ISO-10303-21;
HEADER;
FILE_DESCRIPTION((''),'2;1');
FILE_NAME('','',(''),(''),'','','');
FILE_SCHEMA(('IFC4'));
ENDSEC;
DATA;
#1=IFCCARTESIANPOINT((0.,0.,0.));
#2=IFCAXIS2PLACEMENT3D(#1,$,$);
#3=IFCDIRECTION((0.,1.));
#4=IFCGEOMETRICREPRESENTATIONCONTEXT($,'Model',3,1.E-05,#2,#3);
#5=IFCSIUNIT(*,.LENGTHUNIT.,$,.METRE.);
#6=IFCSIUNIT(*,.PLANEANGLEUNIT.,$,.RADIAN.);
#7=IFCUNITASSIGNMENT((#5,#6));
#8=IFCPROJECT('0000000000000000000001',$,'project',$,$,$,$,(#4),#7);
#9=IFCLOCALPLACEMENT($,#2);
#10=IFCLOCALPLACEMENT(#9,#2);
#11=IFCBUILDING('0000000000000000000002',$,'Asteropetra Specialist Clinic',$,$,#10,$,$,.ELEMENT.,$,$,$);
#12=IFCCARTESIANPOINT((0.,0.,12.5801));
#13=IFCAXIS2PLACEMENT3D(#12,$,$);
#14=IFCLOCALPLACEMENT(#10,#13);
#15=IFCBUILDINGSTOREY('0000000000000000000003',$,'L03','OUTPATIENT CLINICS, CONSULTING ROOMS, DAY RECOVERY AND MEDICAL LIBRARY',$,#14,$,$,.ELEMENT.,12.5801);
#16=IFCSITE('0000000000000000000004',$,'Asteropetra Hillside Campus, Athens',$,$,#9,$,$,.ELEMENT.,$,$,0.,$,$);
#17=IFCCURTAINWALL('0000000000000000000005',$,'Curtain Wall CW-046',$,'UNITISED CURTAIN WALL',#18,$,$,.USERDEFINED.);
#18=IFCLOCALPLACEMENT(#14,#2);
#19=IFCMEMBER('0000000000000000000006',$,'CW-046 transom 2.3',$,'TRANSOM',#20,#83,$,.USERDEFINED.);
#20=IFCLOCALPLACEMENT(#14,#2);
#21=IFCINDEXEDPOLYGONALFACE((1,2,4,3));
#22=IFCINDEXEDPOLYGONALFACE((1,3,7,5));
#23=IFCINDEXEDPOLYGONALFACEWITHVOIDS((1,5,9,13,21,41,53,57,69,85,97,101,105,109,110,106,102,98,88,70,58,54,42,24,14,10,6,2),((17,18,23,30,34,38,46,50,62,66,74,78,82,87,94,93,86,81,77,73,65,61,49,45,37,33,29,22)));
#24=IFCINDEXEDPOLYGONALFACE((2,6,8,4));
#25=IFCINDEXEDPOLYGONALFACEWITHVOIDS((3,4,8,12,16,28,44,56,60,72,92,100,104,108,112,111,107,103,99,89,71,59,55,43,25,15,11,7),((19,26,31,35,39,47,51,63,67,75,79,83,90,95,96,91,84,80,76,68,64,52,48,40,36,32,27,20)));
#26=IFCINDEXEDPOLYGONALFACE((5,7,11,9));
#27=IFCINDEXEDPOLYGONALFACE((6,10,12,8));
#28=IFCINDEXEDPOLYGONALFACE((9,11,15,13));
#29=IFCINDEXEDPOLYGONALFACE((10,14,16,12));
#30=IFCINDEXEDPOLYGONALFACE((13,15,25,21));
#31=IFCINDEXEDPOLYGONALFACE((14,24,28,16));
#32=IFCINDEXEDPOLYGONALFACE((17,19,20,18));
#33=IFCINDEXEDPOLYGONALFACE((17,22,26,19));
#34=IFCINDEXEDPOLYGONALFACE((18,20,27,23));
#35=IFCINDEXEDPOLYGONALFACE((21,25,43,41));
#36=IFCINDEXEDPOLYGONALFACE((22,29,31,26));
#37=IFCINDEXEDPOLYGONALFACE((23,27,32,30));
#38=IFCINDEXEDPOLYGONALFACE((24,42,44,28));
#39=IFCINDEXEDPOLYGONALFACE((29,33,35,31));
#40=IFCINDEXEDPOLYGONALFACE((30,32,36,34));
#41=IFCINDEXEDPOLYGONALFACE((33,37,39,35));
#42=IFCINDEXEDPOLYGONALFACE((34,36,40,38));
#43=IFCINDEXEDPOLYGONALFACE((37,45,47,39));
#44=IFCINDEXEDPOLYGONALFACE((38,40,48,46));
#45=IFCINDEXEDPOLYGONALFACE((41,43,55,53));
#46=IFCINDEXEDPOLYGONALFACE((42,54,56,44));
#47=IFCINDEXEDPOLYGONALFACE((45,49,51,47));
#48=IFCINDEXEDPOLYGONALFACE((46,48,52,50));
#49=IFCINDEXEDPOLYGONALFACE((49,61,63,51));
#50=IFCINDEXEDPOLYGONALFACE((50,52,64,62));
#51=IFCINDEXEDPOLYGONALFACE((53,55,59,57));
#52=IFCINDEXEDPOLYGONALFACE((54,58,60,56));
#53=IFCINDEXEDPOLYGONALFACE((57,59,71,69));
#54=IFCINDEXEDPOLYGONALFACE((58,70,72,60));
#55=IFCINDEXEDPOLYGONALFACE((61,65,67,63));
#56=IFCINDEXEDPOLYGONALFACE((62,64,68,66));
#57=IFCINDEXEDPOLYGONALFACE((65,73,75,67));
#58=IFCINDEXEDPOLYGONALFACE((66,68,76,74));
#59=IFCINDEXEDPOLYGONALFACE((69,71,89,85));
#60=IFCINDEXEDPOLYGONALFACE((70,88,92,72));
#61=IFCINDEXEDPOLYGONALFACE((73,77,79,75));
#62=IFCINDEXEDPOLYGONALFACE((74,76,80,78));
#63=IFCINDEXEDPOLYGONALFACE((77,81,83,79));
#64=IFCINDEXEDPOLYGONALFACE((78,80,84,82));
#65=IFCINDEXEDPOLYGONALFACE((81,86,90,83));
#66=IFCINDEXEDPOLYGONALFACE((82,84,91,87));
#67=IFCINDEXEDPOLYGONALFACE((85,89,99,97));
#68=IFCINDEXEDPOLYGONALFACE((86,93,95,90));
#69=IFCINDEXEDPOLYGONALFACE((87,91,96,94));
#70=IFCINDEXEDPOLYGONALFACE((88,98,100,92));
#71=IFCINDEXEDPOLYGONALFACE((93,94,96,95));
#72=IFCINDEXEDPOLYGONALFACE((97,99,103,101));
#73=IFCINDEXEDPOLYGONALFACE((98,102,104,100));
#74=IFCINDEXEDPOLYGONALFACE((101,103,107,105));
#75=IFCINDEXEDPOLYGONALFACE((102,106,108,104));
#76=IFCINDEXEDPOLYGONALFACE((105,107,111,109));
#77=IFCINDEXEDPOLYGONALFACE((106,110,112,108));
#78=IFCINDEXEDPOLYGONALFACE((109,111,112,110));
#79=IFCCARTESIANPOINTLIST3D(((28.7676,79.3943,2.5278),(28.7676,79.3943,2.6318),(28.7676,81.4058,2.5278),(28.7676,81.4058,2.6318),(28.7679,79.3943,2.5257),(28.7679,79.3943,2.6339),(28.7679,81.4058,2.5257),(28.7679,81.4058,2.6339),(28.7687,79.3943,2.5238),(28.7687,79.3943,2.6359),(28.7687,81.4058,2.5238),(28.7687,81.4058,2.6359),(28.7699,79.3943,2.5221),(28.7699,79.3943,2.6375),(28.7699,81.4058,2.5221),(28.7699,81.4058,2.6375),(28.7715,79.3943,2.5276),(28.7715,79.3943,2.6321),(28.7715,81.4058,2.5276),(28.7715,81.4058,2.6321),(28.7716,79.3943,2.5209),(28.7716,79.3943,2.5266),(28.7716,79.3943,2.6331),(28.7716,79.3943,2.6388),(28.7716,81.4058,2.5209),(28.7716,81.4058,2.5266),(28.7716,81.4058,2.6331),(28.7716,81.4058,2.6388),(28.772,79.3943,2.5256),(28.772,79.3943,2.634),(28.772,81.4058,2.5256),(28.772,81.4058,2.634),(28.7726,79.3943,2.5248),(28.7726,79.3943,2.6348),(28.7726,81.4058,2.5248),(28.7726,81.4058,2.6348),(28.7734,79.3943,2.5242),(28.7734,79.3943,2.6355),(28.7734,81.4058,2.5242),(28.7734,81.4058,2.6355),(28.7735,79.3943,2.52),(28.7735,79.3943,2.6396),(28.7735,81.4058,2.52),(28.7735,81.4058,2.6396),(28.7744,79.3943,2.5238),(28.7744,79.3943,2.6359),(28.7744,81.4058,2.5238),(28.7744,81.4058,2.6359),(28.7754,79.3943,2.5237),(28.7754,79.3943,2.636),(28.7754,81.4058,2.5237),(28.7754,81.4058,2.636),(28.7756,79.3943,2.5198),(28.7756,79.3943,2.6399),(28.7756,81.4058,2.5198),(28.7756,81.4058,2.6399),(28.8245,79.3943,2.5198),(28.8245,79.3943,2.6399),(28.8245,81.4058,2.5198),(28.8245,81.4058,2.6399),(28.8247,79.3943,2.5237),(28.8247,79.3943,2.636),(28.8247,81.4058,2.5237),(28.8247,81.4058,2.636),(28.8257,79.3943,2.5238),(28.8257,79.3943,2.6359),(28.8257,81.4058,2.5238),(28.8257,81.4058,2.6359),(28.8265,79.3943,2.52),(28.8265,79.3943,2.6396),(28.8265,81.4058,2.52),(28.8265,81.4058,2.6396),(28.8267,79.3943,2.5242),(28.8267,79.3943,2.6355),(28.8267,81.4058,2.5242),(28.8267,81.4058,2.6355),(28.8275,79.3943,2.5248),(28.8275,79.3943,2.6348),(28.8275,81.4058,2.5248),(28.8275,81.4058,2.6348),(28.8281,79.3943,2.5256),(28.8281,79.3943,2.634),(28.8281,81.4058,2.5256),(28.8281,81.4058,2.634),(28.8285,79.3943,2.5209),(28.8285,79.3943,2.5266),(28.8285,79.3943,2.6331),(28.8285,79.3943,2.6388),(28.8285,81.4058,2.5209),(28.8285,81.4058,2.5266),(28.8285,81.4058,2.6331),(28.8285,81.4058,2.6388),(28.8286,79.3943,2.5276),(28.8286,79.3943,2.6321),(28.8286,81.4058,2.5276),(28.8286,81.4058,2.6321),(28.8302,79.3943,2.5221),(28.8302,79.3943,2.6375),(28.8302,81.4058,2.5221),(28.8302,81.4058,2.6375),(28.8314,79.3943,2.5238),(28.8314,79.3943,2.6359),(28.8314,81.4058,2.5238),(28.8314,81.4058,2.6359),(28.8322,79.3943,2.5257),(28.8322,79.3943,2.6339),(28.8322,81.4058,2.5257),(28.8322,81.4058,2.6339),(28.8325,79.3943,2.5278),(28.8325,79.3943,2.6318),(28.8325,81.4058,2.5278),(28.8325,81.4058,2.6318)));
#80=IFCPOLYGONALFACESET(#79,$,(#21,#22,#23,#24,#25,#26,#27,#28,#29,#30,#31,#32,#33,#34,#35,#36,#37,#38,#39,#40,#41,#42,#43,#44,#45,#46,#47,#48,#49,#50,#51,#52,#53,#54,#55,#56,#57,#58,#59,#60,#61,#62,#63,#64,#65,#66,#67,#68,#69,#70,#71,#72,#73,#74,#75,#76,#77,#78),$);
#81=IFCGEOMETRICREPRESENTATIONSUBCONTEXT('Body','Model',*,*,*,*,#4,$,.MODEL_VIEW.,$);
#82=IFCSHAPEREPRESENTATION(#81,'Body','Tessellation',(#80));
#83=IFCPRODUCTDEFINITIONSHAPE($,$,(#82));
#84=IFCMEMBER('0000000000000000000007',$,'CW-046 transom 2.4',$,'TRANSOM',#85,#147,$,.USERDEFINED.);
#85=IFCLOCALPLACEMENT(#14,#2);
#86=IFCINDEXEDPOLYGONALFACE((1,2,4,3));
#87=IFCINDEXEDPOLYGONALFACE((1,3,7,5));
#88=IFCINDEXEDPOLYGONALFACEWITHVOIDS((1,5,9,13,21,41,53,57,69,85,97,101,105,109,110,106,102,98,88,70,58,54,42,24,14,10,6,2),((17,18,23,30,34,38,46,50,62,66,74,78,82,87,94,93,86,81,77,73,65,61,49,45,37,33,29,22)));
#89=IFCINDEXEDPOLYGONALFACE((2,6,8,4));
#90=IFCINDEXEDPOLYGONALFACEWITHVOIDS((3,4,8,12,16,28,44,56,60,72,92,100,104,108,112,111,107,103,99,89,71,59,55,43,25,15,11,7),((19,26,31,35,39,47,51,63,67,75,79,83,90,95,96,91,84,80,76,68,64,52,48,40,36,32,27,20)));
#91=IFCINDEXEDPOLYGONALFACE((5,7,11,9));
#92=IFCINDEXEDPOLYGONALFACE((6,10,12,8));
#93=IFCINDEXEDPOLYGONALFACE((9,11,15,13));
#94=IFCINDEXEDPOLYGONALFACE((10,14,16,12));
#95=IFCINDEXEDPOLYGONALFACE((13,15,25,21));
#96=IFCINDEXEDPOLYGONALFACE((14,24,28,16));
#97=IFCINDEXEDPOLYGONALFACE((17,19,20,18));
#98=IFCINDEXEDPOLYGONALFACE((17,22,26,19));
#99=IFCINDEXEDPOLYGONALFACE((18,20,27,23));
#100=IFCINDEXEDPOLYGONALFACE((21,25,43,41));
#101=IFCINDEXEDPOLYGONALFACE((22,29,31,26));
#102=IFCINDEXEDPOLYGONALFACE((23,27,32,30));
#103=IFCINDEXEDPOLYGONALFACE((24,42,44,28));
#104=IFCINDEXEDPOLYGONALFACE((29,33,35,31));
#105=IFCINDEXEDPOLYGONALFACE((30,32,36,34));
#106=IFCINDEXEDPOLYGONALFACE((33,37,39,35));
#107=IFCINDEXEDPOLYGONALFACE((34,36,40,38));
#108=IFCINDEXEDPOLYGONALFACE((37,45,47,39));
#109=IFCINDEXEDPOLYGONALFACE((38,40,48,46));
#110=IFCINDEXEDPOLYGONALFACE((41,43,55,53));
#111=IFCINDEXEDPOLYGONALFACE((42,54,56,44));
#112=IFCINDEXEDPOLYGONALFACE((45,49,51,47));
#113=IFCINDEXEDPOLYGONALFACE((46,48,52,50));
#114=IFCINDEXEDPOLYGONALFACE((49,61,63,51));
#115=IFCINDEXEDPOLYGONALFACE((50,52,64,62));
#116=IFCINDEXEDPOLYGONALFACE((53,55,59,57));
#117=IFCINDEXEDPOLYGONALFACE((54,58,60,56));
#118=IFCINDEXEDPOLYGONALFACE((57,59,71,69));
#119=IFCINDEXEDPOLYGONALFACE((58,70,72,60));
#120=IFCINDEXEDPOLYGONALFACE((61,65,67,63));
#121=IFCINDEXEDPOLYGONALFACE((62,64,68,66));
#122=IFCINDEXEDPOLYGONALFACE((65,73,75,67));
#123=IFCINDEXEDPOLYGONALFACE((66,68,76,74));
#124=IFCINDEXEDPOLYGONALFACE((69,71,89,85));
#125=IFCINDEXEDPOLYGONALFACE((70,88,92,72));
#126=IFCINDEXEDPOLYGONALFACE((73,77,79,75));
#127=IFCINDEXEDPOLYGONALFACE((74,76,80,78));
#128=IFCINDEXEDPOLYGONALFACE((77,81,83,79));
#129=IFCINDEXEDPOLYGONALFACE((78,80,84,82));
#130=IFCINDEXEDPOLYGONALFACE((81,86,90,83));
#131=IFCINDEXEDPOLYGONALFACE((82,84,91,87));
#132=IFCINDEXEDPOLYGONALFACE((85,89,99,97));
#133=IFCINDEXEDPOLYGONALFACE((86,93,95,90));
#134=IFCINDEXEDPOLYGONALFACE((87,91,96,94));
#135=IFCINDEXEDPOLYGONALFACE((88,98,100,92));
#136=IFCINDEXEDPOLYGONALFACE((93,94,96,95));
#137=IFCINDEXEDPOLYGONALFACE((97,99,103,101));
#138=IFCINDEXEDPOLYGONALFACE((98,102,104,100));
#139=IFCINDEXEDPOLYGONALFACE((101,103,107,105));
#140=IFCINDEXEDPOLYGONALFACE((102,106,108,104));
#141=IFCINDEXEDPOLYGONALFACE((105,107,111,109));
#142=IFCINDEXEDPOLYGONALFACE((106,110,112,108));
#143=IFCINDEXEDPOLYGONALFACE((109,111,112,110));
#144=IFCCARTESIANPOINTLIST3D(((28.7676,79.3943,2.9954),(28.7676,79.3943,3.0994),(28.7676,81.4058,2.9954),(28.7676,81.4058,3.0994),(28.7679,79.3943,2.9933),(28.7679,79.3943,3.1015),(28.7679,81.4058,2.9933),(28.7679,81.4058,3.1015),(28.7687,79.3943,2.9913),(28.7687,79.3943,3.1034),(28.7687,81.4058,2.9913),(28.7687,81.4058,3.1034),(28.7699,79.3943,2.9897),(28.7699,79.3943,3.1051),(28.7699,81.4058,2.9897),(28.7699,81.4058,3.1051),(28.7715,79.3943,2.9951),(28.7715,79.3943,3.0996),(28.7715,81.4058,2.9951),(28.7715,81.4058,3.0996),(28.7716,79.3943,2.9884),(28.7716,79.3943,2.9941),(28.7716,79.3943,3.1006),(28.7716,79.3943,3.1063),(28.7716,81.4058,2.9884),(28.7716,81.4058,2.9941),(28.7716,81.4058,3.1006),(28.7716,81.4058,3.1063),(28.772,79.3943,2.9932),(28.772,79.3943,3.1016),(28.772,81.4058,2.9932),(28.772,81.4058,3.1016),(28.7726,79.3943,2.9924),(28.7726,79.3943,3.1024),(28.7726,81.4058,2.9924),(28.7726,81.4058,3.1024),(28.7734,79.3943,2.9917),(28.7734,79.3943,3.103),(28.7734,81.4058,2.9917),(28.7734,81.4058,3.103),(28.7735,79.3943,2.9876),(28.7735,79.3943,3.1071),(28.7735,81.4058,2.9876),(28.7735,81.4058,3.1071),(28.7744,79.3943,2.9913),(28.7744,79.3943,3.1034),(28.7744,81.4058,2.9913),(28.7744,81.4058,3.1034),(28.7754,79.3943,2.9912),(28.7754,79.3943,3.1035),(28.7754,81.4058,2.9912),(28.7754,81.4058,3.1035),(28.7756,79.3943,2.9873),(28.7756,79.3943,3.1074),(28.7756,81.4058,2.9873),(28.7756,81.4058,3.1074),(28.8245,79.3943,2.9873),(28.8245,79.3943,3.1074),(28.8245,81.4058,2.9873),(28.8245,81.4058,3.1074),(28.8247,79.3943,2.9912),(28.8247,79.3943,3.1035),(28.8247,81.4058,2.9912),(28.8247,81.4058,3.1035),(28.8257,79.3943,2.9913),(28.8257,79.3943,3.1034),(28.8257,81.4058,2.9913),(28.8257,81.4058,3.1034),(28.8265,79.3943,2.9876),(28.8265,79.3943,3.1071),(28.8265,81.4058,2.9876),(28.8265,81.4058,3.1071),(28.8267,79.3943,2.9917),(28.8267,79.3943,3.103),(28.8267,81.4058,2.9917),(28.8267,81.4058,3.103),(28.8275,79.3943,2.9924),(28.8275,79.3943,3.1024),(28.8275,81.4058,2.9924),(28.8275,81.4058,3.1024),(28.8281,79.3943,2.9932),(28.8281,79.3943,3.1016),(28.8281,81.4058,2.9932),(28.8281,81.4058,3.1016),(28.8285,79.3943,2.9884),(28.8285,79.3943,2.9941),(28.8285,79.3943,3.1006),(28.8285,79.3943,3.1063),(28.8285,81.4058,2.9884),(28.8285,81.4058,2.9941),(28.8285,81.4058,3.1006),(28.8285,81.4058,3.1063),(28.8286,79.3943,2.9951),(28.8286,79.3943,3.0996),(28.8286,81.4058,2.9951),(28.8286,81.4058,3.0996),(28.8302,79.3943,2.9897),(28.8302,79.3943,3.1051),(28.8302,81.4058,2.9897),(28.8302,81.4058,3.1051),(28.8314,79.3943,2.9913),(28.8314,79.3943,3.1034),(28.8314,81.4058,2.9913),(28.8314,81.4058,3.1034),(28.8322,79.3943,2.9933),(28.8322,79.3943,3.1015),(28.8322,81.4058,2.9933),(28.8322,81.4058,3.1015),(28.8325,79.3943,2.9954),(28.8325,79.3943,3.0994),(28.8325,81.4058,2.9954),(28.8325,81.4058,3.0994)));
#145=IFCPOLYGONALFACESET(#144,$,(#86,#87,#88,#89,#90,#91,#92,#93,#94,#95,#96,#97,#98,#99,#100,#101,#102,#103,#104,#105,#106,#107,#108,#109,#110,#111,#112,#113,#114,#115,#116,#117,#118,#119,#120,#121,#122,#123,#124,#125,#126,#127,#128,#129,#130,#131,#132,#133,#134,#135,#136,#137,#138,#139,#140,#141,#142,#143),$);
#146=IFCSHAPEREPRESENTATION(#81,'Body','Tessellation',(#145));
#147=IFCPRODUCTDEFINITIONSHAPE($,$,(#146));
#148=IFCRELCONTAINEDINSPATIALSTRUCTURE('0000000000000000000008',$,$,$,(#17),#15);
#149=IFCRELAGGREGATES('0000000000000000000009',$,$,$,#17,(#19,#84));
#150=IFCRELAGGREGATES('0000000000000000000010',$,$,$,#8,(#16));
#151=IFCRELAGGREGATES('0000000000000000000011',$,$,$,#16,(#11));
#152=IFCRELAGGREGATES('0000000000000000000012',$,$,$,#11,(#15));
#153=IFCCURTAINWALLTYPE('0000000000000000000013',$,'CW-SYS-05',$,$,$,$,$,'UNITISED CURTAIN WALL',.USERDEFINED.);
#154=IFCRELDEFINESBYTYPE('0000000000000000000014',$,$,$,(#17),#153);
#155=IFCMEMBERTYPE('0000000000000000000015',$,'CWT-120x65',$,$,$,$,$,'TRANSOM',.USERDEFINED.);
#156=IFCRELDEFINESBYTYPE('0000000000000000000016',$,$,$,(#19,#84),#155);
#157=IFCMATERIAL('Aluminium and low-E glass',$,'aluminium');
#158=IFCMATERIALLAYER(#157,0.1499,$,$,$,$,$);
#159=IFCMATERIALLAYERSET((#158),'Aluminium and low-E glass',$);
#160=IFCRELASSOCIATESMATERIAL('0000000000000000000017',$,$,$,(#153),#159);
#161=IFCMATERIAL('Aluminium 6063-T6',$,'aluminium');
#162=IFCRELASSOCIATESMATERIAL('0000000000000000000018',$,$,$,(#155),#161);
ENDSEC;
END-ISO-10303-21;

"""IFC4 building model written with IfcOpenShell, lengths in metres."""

from ifc_helpers import new_model, si_unit, direction, frame, origin, origin_2d, place, context, subcontext, project, spatial, hollow_rectangle, extrude, material, layer, layer_set, material_profile, profile_set, type_object, element, aggregate, save


model = new_model("IFC4")

# Units and contexts
model_context = context("Model", 3, precision=1e-05, world=origin(), true_north=direction((0.0, 1.0)))
body_context = subcontext(model_context, "Body", "Model", "MODEL_VIEW")
ifc_project = project(units=[si_unit("LENGTHUNIT", "METRE"), si_unit("PLANEANGLEUNIT", "RADIAN")], contexts=[model_context])

# Site, building, storey
site_placement = place(None, origin())
site = spatial("IfcSite", under=ifc_project, at=site_placement, Name="Asteropetra Hillside Campus, Athens", CompositionType="ELEMENT", RefElevation=0.0)
building_placement = place(site_placement, origin())
building = spatial("IfcBuilding", under=site, at=building_placement, Name="Asteropetra Specialist Clinic", CompositionType="ELEMENT")
storey_placement = place(building_placement, frame((0.0, 0.0, 12.5801)))
storey = spatial("IfcBuildingStorey", under=building, at=storey_placement, Name="L03", Description="OUTPATIENT CLINICS, CONSULTING ROOMS, DAY RECOVERY AND MEDICAL LIBRARY", CompositionType="ELEMENT", Elevation=12.5801)

# Curtain wall, members
ifc_material_1 = material(Name="Aluminium and low-E glass", Category="aluminium")
ifc_layer_1 = layer(ifc_material_1, 0.1499)
ifc_layer_set_1 = layer_set([ifc_layer_1], Name="Aluminium and low-E glass")
curtain_wall_type = type_object("IfcCurtainWallType", Name="CW-SYS-05", ElementType="UNITISED CURTAIN WALL", PredefinedType="USERDEFINED", material=ifc_layer_set_1)
curtain_wall_placement = place(storey_placement, origin())
curtain_wall = element("IfcCurtainWall", 1, at=curtain_wall_placement, inside=storey, type_object=curtain_wall_type, Name="Curtain Wall CW-046", ObjectType="UNITISED CURTAIN WALL", PredefinedType="USERDEFINED")
ifc_material_2 = material(Name="Aluminium 6063-T6", Category="aluminium")
ifc_material_profile_1 = material_profile(ifc_material_2, hollow_rectangle(XDim=0.0649, YDim=0.1201, WallThickness=0.0039, InnerFilletRadius=0.0039, OuterFilletRadius=0.0081, at=origin_2d()), Name="TRN 120x65x4.0")
ifc_profile_set_1 = profile_set([ifc_material_profile_1], Name="Aluminium 6063-T6")
member_type_1 = type_object("IfcMemberType", Name="CWT-120x65", ElementType="TRANSOM", PredefinedType="USERDEFINED", material=ifc_profile_set_1)
member_1_placement = place(storey_placement, frame((28.8, 79.3943, 2.5798), z_axis=(0.0, 1.0, 0.0), x_axis=(-1.0, 0.0, 0.0)))
member_1 = element("IfcMember", 2, at=member_1_placement, type_object=member_type_1, Name="CW-046 transom 2.3", ObjectType="TRANSOM", PredefinedType="USERDEFINED", context=body_context, shape_type="SweptSolid", body=[
    extrude(hollow_rectangle(XDim=0.0649, YDim=0.1201, WallThickness=0.0039, InnerFilletRadius=0.0039, OuterFilletRadius=0.0081, at=origin_2d()), origin(), (0.0, 0.0, 1.0), 2.0115),
])
member_2_placement = place(storey_placement, frame((28.8, 79.3943, 3.0474), z_axis=(0.0, 1.0, 0.0), x_axis=(-1.0, 0.0, 0.0)))
member_2 = element("IfcMember", 3, at=member_2_placement, type_object=member_type_1, Name="CW-046 transom 2.4", ObjectType="TRANSOM", PredefinedType="USERDEFINED", context=body_context, shape_type="SweptSolid", body=[
    extrude(hollow_rectangle(XDim=0.0649, YDim=0.1201, WallThickness=0.0039, InnerFilletRadius=0.0039, OuterFilletRadius=0.0081, at=origin_2d()), origin(), (0.0, 0.0, 1.0), 2.0115),
])
aggregate(curtain_wall, [member_1, member_2])

save(model, "model.ifc")
